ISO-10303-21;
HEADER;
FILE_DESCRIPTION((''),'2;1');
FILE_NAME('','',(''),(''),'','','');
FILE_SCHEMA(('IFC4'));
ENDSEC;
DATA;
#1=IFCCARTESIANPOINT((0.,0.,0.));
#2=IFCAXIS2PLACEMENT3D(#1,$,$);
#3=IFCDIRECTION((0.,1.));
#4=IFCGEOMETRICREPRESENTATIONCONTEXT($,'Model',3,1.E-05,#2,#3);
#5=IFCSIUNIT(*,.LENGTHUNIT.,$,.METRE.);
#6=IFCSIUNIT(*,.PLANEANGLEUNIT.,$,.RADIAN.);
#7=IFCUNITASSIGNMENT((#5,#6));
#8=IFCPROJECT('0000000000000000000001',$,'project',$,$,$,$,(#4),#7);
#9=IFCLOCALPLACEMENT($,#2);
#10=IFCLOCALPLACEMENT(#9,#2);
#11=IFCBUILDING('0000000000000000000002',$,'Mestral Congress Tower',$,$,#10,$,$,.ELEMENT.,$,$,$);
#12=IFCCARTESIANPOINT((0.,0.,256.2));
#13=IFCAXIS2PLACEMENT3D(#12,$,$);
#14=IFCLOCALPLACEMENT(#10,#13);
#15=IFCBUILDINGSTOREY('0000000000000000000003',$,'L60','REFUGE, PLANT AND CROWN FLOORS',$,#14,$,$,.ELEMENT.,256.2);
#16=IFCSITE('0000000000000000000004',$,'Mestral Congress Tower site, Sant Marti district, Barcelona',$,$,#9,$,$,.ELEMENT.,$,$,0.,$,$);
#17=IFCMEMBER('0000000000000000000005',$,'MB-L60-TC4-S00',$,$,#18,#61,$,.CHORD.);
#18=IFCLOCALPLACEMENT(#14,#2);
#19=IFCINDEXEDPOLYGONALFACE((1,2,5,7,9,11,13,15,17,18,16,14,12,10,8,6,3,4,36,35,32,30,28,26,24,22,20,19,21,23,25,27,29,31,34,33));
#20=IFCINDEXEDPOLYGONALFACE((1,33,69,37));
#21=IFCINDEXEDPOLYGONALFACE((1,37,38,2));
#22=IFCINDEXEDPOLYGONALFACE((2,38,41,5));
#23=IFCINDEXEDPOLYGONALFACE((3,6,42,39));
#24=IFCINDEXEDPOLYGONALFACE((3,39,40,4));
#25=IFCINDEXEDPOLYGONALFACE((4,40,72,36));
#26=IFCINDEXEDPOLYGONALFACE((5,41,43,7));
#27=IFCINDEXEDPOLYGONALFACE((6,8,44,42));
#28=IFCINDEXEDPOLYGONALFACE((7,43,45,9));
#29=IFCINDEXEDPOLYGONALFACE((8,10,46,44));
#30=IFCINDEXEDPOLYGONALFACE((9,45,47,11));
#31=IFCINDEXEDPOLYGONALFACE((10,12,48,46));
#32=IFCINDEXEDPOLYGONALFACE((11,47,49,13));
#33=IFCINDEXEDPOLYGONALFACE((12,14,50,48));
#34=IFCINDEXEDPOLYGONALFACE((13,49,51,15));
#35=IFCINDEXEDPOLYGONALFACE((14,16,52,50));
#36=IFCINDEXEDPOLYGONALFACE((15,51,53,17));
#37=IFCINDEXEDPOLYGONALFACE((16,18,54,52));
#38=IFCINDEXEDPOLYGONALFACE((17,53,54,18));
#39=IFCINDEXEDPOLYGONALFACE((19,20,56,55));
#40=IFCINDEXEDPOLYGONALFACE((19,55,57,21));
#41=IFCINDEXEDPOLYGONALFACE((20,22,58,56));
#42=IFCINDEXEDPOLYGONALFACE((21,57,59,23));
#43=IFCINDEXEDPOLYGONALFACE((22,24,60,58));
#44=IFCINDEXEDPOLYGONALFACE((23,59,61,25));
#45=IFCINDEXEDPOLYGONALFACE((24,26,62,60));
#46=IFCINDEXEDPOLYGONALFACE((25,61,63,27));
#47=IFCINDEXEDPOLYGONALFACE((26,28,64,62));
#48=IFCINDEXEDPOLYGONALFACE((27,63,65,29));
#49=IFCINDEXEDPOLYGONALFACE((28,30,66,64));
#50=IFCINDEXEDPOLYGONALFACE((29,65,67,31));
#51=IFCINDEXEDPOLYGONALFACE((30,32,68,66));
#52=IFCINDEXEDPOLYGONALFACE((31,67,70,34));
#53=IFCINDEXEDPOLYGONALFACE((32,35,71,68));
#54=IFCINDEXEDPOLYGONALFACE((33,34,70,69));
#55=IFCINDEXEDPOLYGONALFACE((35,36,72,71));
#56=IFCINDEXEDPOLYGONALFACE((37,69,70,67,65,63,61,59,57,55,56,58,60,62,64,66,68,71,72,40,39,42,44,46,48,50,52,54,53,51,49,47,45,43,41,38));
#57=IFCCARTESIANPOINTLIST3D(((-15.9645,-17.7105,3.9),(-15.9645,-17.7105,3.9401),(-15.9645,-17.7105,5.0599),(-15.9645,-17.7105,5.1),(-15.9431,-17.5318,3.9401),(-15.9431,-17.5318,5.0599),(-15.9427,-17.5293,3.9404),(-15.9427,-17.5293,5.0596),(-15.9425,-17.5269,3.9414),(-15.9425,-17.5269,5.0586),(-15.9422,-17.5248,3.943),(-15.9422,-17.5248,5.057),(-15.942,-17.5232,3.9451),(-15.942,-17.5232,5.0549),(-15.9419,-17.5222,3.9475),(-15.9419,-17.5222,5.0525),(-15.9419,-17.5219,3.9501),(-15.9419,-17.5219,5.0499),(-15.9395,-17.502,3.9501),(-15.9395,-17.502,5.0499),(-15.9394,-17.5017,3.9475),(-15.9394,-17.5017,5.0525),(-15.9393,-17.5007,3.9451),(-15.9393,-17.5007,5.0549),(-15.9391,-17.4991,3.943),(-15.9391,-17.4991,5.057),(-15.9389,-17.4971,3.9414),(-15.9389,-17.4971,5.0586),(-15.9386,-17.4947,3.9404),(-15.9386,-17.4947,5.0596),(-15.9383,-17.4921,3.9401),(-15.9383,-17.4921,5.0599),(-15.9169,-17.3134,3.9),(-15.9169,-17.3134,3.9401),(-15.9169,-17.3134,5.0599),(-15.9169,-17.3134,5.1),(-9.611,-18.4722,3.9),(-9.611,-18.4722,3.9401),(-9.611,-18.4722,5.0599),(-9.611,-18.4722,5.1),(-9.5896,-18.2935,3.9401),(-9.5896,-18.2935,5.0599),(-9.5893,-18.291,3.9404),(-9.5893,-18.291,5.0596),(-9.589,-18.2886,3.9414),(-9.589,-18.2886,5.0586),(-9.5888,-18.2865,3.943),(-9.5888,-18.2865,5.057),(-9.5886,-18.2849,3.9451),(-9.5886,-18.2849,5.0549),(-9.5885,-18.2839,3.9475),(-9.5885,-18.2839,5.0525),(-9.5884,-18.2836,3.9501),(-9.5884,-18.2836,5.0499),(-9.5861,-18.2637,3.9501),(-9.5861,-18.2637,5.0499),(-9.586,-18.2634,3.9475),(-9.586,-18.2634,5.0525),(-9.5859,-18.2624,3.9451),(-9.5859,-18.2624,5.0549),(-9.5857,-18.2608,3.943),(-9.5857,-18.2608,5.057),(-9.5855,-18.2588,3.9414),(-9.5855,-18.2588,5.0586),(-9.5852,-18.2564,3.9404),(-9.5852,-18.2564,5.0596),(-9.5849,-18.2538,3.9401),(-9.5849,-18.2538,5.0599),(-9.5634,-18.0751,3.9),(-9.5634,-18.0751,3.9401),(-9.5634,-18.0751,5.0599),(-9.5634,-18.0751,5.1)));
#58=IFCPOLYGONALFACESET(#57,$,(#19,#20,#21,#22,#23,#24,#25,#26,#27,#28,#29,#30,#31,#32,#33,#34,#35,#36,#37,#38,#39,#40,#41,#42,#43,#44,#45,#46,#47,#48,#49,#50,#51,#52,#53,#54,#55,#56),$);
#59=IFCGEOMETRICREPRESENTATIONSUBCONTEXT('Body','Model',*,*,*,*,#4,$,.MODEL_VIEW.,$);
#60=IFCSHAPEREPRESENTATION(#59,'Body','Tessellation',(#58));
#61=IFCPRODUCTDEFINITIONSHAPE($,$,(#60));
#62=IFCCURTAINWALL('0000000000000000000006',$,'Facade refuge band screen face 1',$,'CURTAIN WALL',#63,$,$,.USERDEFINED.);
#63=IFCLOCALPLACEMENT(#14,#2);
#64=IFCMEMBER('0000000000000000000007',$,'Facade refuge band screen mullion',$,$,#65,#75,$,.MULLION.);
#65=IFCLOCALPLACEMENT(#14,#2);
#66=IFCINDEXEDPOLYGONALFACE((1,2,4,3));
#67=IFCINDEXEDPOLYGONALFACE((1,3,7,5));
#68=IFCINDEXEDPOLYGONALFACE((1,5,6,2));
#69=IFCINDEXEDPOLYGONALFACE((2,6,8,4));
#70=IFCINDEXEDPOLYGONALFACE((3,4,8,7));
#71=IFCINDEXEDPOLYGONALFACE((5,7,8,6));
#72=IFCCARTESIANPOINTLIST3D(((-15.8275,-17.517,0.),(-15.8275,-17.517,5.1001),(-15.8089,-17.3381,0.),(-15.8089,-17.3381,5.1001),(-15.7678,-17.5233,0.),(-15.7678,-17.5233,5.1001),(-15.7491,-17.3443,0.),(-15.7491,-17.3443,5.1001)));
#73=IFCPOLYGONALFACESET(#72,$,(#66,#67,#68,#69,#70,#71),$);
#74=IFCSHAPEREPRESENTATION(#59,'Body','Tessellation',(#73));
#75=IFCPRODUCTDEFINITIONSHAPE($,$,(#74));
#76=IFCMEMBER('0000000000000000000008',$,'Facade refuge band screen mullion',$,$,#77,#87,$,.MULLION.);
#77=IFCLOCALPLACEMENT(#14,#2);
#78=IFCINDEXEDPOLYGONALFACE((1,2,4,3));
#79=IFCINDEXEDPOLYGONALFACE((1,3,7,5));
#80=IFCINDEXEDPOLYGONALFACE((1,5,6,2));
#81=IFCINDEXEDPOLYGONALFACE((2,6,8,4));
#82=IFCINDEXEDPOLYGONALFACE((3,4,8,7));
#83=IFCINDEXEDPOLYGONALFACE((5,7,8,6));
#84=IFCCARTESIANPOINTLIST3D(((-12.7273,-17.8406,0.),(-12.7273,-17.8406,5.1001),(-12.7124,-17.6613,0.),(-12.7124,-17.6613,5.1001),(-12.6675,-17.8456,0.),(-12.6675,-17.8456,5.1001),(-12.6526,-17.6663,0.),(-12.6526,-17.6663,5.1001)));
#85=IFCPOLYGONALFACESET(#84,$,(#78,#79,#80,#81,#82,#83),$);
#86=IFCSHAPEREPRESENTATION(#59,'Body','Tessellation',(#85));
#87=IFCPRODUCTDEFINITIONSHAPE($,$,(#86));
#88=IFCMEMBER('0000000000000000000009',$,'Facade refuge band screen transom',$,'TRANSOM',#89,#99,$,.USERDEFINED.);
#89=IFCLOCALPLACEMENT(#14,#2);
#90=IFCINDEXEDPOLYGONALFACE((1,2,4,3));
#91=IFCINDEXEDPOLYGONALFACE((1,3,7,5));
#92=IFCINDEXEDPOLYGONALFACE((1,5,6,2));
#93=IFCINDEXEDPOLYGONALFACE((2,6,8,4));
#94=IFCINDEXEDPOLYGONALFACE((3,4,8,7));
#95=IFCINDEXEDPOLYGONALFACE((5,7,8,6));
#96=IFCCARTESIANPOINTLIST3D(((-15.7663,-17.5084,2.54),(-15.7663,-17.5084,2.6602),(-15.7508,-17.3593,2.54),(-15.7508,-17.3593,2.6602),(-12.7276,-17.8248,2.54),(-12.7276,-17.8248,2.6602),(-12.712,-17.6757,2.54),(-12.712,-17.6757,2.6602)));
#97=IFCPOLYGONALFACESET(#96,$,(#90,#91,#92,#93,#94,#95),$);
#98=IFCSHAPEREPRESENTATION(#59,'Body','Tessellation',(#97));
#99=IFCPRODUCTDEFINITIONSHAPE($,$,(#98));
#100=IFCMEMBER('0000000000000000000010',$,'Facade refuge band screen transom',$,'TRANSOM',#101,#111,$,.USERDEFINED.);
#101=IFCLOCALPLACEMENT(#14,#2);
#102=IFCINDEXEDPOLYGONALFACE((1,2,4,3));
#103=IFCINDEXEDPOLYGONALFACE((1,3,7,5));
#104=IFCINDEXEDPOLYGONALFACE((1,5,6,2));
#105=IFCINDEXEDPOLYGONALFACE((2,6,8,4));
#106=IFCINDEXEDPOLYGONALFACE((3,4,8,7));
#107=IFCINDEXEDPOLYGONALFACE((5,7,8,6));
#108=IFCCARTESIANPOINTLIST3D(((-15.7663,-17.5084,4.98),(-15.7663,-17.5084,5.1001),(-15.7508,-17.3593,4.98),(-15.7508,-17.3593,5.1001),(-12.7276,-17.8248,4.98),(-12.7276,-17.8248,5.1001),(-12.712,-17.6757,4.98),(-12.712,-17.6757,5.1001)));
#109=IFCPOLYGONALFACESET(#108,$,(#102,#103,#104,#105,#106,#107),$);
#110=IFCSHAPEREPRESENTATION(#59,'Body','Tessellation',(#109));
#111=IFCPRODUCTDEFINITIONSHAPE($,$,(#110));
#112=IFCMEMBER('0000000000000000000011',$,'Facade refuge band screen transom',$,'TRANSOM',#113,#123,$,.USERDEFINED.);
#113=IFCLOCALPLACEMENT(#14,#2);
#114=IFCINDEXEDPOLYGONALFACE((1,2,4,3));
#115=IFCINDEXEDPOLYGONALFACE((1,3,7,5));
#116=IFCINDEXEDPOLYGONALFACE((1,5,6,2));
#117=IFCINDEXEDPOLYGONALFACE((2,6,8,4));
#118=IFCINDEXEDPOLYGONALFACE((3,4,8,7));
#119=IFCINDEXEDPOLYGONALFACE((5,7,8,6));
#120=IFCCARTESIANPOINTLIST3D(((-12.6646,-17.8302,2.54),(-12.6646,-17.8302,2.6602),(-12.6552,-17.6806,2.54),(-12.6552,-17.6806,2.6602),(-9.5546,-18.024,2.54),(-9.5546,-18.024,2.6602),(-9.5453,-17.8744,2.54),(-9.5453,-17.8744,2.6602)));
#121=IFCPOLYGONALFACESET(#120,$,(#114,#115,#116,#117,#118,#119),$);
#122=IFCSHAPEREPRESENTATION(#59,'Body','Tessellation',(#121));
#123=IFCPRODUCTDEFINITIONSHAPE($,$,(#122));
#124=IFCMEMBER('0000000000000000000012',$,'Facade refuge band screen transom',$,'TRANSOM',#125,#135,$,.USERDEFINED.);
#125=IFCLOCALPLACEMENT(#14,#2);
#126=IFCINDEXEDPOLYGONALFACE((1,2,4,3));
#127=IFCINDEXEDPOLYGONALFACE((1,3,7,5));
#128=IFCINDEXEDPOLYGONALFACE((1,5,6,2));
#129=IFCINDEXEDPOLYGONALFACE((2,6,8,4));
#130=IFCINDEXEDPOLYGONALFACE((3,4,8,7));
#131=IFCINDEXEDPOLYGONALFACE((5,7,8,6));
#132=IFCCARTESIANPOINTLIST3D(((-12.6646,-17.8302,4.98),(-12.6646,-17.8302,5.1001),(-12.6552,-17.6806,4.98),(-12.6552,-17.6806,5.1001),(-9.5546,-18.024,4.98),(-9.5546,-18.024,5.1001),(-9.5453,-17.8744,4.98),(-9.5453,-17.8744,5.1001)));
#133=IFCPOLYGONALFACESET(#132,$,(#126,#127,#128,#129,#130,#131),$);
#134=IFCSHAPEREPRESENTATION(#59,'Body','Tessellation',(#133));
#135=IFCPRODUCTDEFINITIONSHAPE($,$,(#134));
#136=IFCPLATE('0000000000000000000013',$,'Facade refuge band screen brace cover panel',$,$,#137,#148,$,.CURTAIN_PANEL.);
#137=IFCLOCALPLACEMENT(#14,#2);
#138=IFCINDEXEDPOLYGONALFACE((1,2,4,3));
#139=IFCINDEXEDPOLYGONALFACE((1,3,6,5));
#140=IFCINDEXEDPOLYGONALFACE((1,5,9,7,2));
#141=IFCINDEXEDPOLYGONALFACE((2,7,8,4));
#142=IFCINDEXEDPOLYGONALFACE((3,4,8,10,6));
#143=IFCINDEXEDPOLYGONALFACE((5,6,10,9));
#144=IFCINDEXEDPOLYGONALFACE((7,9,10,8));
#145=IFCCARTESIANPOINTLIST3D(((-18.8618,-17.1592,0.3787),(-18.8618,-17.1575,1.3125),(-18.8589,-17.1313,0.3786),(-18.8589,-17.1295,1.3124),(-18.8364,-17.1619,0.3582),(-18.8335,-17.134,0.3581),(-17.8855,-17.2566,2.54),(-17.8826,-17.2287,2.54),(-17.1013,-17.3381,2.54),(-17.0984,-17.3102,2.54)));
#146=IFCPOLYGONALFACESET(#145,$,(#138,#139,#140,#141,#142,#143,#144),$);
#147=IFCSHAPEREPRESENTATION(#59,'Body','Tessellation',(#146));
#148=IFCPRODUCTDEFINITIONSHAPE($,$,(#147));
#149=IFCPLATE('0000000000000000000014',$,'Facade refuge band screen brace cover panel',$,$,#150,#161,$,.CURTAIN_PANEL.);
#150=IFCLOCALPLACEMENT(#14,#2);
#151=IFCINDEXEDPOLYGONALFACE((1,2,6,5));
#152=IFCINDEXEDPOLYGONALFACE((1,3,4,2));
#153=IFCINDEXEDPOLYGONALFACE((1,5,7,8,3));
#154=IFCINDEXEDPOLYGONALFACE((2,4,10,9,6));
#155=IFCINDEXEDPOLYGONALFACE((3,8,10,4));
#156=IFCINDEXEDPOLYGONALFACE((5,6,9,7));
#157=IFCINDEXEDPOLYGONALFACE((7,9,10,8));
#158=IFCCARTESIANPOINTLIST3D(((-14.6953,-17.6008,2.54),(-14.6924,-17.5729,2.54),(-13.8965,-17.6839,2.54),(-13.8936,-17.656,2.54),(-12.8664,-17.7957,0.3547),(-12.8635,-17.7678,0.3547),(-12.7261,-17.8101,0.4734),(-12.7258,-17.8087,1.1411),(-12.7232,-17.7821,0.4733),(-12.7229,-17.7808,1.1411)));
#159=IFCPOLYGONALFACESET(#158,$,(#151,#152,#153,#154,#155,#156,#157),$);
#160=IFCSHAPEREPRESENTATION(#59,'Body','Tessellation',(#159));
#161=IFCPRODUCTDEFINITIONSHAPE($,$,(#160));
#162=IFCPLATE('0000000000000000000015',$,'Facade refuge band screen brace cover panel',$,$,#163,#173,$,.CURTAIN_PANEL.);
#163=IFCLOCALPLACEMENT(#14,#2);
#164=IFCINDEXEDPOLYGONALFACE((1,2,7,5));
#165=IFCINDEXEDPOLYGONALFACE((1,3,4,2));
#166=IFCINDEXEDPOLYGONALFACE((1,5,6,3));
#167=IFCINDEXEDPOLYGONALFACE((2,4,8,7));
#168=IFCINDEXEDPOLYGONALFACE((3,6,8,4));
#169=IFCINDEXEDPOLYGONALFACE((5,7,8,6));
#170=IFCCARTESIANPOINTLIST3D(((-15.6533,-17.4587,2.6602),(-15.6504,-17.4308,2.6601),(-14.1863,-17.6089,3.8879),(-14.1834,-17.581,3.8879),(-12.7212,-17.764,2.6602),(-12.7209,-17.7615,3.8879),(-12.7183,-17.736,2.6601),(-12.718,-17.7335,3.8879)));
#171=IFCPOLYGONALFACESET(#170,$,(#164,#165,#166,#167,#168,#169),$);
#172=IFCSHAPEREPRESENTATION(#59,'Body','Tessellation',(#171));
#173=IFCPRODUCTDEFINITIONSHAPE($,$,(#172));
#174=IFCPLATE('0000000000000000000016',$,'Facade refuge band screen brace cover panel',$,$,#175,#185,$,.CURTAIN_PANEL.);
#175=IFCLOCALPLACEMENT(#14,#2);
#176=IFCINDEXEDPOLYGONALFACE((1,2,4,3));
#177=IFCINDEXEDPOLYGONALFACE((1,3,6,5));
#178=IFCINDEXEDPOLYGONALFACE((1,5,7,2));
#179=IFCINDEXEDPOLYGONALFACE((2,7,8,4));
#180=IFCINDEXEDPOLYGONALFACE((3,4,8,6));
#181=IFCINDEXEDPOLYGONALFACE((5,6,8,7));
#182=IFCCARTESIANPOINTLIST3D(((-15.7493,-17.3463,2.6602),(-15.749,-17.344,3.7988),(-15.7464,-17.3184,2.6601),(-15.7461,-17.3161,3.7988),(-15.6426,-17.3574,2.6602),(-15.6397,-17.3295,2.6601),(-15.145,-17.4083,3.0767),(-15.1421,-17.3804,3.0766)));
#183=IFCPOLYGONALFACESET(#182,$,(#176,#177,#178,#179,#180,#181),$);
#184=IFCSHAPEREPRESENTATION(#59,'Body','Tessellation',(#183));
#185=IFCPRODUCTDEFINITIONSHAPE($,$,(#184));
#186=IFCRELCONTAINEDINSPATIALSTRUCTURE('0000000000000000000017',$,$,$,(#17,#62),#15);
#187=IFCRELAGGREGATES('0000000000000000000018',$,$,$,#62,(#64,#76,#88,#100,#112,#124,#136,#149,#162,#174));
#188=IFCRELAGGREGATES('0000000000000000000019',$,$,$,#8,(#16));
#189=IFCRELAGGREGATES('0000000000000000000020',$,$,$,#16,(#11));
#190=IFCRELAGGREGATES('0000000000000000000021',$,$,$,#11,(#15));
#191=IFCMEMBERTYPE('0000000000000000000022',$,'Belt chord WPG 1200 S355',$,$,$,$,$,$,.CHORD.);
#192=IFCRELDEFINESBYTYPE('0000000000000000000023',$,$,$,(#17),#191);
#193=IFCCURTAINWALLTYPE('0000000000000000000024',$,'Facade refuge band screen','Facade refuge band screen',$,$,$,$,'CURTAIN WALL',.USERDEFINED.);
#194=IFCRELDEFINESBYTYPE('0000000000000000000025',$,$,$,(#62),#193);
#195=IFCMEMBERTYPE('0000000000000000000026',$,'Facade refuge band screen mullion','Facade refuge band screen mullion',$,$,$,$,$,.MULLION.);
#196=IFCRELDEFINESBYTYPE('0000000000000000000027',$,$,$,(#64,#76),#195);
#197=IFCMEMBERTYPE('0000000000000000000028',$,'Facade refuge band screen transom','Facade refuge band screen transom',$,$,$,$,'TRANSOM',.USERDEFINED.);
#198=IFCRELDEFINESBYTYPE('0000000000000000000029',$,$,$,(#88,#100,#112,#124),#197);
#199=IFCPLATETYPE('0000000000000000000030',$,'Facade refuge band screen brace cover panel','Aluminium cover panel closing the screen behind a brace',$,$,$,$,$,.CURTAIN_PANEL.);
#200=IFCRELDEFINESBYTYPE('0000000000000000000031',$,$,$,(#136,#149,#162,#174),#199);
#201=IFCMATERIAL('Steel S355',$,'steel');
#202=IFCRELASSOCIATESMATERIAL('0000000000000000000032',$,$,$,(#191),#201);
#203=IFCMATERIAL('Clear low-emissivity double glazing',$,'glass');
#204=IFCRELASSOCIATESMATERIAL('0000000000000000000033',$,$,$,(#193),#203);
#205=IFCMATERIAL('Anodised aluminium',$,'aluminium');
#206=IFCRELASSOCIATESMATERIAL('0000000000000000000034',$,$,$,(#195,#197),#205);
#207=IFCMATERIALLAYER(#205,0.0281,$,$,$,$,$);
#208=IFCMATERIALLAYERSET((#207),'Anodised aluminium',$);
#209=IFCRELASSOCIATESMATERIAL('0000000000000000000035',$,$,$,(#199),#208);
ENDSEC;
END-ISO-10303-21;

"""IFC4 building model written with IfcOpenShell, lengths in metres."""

from ifc_helpers import new_model, si_unit, direction, frame, origin, origin_2d, place, context, subcontext, project, spatial, polyline, rectangle, i_section, outline, extrude, material, layer, layer_set, material_profile, profile_set, type_object, element, aggregate, save


model = new_model("IFC4")

# Units and contexts
model_context = context("Model", 3, precision=1e-05, world=origin(), true_north=direction((0.0, 1.0)))
body_context = subcontext(model_context, "Body", "Model", "MODEL_VIEW")
ifc_project = project(units=[si_unit("LENGTHUNIT", "METRE"), si_unit("PLANEANGLEUNIT", "RADIAN")], contexts=[model_context])

# Site, building, storey
site_placement = place(None, origin())
site = spatial("IfcSite", under=ifc_project, at=site_placement, Name="Mestral Congress Tower site, Sant Marti district, Barcelona", CompositionType="ELEMENT", RefElevation=0.0)
building_placement = place(site_placement, origin())
building = spatial("IfcBuilding", under=site, at=building_placement, Name="Mestral Congress Tower", CompositionType="ELEMENT")
storey_placement = place(building_placement, frame((0.0, 0.0, 256.2)))
storey = spatial("IfcBuildingStorey", under=building, at=storey_placement, Name="L60", Description="REFUGE, PLANT AND CROWN FLOORS", CompositionType="ELEMENT", Elevation=256.2)

# Member
ifc_material_1 = material(Name="Steel S355", Category="steel")
ifc_material_profile_1 = material_profile(ifc_material_1, i_section(OverallWidth=0.3999, OverallDepth=1.2, WebThickness=0.02, FlangeThickness=0.04, FilletRadius=0.01, at=origin_2d()), Name="WPG 1200")
ifc_profile_set_1 = profile_set([ifc_material_profile_1], Name="Steel S355")
member_type_1 = type_object("IfcMemberType", Name="Belt chord WPG 1200 S355", PredefinedType="CHORD", material=ifc_profile_set_1)
member_1_placement = place(storey_placement, frame((-15.9407, -17.512, 4.5), z_axis=(0.99289, -0.119037, 0.0), x_axis=(0.119037, 0.99289, 0.0)))
element("IfcMember", 1, at=member_1_placement, inside=storey, type_object=member_type_1, Name="MB-L60-TC4-S00", PredefinedType="CHORD", context=body_context, shape_type="SweptSolid", body=[
    extrude(i_section(OverallWidth=0.3999, OverallDepth=1.2, WebThickness=0.02, FlangeThickness=0.04, FilletRadius=0.01, at=origin_2d()), origin(), (0.0, 0.0, 1.0), 6.3989),
])

# Curtain wall, members, plates
ifc_material_2 = material(Name="Clear low-emissivity double glazing", Category="glass")
curtain_wall_type = type_object("IfcCurtainWallType", Name="Facade refuge band screen", Description="Facade refuge band screen", ElementType="CURTAIN WALL", PredefinedType="USERDEFINED", material=ifc_material_2)
curtain_wall_placement = place(storey_placement, origin())
curtain_wall = element("IfcCurtainWall", 2, at=curtain_wall_placement, inside=storey, type_object=curtain_wall_type, Name="Facade refuge band screen face 1", ObjectType="CURTAIN WALL", PredefinedType="USERDEFINED")
ifc_material_3 = material(Name="Anodised aluminium", Category="aluminium")
ifc_material_profile_2 = material_profile(ifc_material_3, rectangle(XDim=0.1799, YDim=0.0601, at=origin_2d()), Name="CW3 mullion 180 x 60")
ifc_profile_set_2 = profile_set([ifc_material_profile_2], Name="Anodised aluminium")
member_type_2 = type_object("IfcMemberType", Name="Facade refuge band screen mullion", Description="Facade refuge band screen mullion", PredefinedType="MULLION", material=ifc_profile_set_2)
member_2_placement = place(storey_placement, frame((-15.7883, -17.4307, 0.0), z_axis=(0.0, 0.0, 1.0), x_axis=(-0.103575, -0.994622, 0.0)))
member_2 = element("IfcMember", 3, at=member_2_placement, type_object=member_type_2, Name="Facade refuge band screen mullion", PredefinedType="MULLION", context=body_context, shape_type="SweptSolid", body=[
    extrude(rectangle(XDim=0.1799, YDim=0.0601, at=origin_2d()), origin(), (0.0, 0.0, 1.0), 5.1001),
])
member_3_placement = place(storey_placement, frame((-12.6899, -17.7534, 0.0), z_axis=(0.0, 0.0, 1.0), x_axis=(-0.082914, -0.996557, 0.0)))
member_3 = element("IfcMember", 4, at=member_3_placement, type_object=member_type_2, Name="Facade refuge band screen mullion", PredefinedType="MULLION", context=body_context, shape_type="SweptSolid", body=[
    extrude(rectangle(XDim=0.1799, YDim=0.0601, at=origin_2d()), origin(), (0.0, 0.0, 1.0), 5.1001),
])
ifc_material_profile_3 = material_profile(ifc_material_3, rectangle(XDim=0.1499, YDim=0.1201, at=origin_2d()), Name="CW3 transom 150 x 120")
ifc_profile_set_3 = profile_set([ifc_material_profile_3], Name="Anodised aluminium")
member_type_3 = type_object("IfcMemberType", Name="Facade refuge band screen transom", Description="Facade refuge band screen transom", ElementType="TRANSOM", PredefinedType="USERDEFINED", material=ifc_profile_set_3)
member_4_placement = place(storey_placement, frame((-15.7585, -17.4338, 2.6001), z_axis=(0.994623, -0.103562, 0.0), x_axis=(0.103562, 0.994623, 0.0)))
member_4 = element("IfcMember", 5, at=member_4_placement, type_object=member_type_3, Name="Facade refuge band screen transom", ObjectType="TRANSOM", PredefinedType="USERDEFINED", context=body_context, shape_type="SweptSolid", body=[
    extrude(rectangle(XDim=0.1499, YDim=0.1201, at=origin_2d()), origin(), (0.0, 0.0, 1.0), 3.0552),
])
member_5_placement = place(storey_placement, frame((-15.7585, -17.4338, 5.04), z_axis=(0.994623, -0.103562, 0.0), x_axis=(0.103562, 0.994623, 0.0)))
member_5 = element("IfcMember", 6, at=member_5_placement, type_object=member_type_3, Name="Facade refuge band screen transom", ObjectType="TRANSOM", PredefinedType="USERDEFINED", context=body_context, shape_type="SweptSolid", body=[
    extrude(rectangle(XDim=0.1499, YDim=0.1201, at=origin_2d()), origin(), (0.0, 0.0, 1.0), 3.0552),
])
member_6_placement = place(storey_placement, frame((-12.6599, -17.7554, 2.6001), z_axis=(0.998063, -0.062212, 0.0), x_axis=(0.062212, 0.998063, 0.0)))
member_6 = element("IfcMember", 7, at=member_6_placement, type_object=member_type_3, Name="Facade refuge band screen transom", ObjectType="TRANSOM", PredefinedType="USERDEFINED", context=body_context, shape_type="SweptSolid", body=[
    extrude(rectangle(XDim=0.1499, YDim=0.1201, at=origin_2d()), origin(), (0.0, 0.0, 1.0), 3.116),
])
member_7_placement = place(storey_placement, frame((-12.6599, -17.7554, 5.04), z_axis=(0.998063, -0.062212, 0.0), x_axis=(0.062212, 0.998063, 0.0)))
member_7 = element("IfcMember", 8, at=member_7_placement, type_object=member_type_3, Name="Facade refuge band screen transom", ObjectType="TRANSOM", PredefinedType="USERDEFINED", context=body_context, shape_type="SweptSolid", body=[
    extrude(rectangle(XDim=0.1499, YDim=0.1201, at=origin_2d()), origin(), (0.0, 0.0, 1.0), 3.116),
])
ifc_layer_1 = layer(ifc_material_3, 0.0281)
ifc_layer_set_1 = layer_set([ifc_layer_1], Name="Anodised aluminium")
plate_type_1 = type_object("IfcPlateType", Name="Facade refuge band screen brace cover panel", Description="Aluminium cover panel closing the screen behind a brace", PredefinedType="CURTAIN_PANEL", material=ifc_layer_set_1)
plate_1_placement = place(storey_placement, frame((-17.1013, -17.3381, 2.54), z_axis=(-0.103379, -0.99464, 0.001872), x_axis=(-0.621178, 0.063093, -0.781125)))
plate_1 = element("IfcPlate", 9, at=plate_1_placement, type_object=plate_type_1, Name="Facade refuge band screen brace cover panel", PredefinedType="CURTAIN_PANEL", context=body_context, shape_type="SweptSolid", body=[
    extrude(outline(polyline([(0.0, 0.0), (2.7933, 0.0), (2.7932, -0.0327), (2.0638, -0.616), (0.4923, -0.6158), (0.0, 0.0)])), origin(), (0.0, 0.0, -1.0), 0.0281),
])
plate_2_placement = place(storey_placement, frame((-12.7261, -17.8101, 0.4734), z_axis=(-0.103522, -0.994625, 0.002066), x_axis=(-0.761369, 0.077908, -0.643621)))
plate_2 = element("IfcPlate", 10, at=plate_2_placement, type_object=plate_type_1, Name="Facade refuge band screen brace cover panel", PredefinedType="CURTAIN_PANEL", context=body_context, shape_type="SweptSolid", body=[
    extrude(outline(polyline([(0.0, 0.0), (0.1844, 0.0), (0.1855, -2.8563), (-0.4292, -2.3393), (-0.4299, -0.511), (0.0, 0.0)])), origin(), (0.0, 0.0, -1.0), 0.0281),
])
plate_3_placement = place(storey_placement, frame((-12.7209, -17.7615, 3.8879), z_axis=(-0.103538, -0.994623, 0.00204), x_axis=(-0.000203, -0.002029, -0.999998)))
plate_3 = element("IfcPlate", 11, at=plate_3_placement, type_object=plate_type_1, Name="Facade refuge band screen brace cover panel", PredefinedType="CURTAIN_PANEL", context=body_context, shape_type="SweptSolid", body=[
    extrude(outline(polyline([(0.0, 0.0), (1.2278, 0.0), (1.2278, -2.948), (0.0, -1.4733), (0.0, 0.0)])), origin(), (0.0, 0.0, -1.0), 0.0281),
])
plate_4_placement = place(storey_placement, frame((-15.6426, -17.3574, 2.6602), z_axis=(-0.103491, -0.994628, 0.002055), x_axis=(-0.99463, 0.103491, 0.000002)))
plate_4 = element("IfcPlate", 12, at=plate_4_placement, type_object=plate_type_1, Name="Facade refuge band screen brace cover panel", PredefinedType="CURTAIN_PANEL", context=body_context, shape_type="SweptSolid", body=[
    extrude(outline(polyline([(0.0, 0.0), (0.1073, 0.0), (0.1073, -1.1387), (-0.5001, -0.4165), (0.0, 0.0)])), origin(), (0.0, 0.0, -1.0), 0.0281),
])

aggregate(curtain_wall, [member_2, member_3, member_4, member_5, member_6, member_7, plate_1, plate_2, plate_3, plate_4])

save(model, "model.ifc")
